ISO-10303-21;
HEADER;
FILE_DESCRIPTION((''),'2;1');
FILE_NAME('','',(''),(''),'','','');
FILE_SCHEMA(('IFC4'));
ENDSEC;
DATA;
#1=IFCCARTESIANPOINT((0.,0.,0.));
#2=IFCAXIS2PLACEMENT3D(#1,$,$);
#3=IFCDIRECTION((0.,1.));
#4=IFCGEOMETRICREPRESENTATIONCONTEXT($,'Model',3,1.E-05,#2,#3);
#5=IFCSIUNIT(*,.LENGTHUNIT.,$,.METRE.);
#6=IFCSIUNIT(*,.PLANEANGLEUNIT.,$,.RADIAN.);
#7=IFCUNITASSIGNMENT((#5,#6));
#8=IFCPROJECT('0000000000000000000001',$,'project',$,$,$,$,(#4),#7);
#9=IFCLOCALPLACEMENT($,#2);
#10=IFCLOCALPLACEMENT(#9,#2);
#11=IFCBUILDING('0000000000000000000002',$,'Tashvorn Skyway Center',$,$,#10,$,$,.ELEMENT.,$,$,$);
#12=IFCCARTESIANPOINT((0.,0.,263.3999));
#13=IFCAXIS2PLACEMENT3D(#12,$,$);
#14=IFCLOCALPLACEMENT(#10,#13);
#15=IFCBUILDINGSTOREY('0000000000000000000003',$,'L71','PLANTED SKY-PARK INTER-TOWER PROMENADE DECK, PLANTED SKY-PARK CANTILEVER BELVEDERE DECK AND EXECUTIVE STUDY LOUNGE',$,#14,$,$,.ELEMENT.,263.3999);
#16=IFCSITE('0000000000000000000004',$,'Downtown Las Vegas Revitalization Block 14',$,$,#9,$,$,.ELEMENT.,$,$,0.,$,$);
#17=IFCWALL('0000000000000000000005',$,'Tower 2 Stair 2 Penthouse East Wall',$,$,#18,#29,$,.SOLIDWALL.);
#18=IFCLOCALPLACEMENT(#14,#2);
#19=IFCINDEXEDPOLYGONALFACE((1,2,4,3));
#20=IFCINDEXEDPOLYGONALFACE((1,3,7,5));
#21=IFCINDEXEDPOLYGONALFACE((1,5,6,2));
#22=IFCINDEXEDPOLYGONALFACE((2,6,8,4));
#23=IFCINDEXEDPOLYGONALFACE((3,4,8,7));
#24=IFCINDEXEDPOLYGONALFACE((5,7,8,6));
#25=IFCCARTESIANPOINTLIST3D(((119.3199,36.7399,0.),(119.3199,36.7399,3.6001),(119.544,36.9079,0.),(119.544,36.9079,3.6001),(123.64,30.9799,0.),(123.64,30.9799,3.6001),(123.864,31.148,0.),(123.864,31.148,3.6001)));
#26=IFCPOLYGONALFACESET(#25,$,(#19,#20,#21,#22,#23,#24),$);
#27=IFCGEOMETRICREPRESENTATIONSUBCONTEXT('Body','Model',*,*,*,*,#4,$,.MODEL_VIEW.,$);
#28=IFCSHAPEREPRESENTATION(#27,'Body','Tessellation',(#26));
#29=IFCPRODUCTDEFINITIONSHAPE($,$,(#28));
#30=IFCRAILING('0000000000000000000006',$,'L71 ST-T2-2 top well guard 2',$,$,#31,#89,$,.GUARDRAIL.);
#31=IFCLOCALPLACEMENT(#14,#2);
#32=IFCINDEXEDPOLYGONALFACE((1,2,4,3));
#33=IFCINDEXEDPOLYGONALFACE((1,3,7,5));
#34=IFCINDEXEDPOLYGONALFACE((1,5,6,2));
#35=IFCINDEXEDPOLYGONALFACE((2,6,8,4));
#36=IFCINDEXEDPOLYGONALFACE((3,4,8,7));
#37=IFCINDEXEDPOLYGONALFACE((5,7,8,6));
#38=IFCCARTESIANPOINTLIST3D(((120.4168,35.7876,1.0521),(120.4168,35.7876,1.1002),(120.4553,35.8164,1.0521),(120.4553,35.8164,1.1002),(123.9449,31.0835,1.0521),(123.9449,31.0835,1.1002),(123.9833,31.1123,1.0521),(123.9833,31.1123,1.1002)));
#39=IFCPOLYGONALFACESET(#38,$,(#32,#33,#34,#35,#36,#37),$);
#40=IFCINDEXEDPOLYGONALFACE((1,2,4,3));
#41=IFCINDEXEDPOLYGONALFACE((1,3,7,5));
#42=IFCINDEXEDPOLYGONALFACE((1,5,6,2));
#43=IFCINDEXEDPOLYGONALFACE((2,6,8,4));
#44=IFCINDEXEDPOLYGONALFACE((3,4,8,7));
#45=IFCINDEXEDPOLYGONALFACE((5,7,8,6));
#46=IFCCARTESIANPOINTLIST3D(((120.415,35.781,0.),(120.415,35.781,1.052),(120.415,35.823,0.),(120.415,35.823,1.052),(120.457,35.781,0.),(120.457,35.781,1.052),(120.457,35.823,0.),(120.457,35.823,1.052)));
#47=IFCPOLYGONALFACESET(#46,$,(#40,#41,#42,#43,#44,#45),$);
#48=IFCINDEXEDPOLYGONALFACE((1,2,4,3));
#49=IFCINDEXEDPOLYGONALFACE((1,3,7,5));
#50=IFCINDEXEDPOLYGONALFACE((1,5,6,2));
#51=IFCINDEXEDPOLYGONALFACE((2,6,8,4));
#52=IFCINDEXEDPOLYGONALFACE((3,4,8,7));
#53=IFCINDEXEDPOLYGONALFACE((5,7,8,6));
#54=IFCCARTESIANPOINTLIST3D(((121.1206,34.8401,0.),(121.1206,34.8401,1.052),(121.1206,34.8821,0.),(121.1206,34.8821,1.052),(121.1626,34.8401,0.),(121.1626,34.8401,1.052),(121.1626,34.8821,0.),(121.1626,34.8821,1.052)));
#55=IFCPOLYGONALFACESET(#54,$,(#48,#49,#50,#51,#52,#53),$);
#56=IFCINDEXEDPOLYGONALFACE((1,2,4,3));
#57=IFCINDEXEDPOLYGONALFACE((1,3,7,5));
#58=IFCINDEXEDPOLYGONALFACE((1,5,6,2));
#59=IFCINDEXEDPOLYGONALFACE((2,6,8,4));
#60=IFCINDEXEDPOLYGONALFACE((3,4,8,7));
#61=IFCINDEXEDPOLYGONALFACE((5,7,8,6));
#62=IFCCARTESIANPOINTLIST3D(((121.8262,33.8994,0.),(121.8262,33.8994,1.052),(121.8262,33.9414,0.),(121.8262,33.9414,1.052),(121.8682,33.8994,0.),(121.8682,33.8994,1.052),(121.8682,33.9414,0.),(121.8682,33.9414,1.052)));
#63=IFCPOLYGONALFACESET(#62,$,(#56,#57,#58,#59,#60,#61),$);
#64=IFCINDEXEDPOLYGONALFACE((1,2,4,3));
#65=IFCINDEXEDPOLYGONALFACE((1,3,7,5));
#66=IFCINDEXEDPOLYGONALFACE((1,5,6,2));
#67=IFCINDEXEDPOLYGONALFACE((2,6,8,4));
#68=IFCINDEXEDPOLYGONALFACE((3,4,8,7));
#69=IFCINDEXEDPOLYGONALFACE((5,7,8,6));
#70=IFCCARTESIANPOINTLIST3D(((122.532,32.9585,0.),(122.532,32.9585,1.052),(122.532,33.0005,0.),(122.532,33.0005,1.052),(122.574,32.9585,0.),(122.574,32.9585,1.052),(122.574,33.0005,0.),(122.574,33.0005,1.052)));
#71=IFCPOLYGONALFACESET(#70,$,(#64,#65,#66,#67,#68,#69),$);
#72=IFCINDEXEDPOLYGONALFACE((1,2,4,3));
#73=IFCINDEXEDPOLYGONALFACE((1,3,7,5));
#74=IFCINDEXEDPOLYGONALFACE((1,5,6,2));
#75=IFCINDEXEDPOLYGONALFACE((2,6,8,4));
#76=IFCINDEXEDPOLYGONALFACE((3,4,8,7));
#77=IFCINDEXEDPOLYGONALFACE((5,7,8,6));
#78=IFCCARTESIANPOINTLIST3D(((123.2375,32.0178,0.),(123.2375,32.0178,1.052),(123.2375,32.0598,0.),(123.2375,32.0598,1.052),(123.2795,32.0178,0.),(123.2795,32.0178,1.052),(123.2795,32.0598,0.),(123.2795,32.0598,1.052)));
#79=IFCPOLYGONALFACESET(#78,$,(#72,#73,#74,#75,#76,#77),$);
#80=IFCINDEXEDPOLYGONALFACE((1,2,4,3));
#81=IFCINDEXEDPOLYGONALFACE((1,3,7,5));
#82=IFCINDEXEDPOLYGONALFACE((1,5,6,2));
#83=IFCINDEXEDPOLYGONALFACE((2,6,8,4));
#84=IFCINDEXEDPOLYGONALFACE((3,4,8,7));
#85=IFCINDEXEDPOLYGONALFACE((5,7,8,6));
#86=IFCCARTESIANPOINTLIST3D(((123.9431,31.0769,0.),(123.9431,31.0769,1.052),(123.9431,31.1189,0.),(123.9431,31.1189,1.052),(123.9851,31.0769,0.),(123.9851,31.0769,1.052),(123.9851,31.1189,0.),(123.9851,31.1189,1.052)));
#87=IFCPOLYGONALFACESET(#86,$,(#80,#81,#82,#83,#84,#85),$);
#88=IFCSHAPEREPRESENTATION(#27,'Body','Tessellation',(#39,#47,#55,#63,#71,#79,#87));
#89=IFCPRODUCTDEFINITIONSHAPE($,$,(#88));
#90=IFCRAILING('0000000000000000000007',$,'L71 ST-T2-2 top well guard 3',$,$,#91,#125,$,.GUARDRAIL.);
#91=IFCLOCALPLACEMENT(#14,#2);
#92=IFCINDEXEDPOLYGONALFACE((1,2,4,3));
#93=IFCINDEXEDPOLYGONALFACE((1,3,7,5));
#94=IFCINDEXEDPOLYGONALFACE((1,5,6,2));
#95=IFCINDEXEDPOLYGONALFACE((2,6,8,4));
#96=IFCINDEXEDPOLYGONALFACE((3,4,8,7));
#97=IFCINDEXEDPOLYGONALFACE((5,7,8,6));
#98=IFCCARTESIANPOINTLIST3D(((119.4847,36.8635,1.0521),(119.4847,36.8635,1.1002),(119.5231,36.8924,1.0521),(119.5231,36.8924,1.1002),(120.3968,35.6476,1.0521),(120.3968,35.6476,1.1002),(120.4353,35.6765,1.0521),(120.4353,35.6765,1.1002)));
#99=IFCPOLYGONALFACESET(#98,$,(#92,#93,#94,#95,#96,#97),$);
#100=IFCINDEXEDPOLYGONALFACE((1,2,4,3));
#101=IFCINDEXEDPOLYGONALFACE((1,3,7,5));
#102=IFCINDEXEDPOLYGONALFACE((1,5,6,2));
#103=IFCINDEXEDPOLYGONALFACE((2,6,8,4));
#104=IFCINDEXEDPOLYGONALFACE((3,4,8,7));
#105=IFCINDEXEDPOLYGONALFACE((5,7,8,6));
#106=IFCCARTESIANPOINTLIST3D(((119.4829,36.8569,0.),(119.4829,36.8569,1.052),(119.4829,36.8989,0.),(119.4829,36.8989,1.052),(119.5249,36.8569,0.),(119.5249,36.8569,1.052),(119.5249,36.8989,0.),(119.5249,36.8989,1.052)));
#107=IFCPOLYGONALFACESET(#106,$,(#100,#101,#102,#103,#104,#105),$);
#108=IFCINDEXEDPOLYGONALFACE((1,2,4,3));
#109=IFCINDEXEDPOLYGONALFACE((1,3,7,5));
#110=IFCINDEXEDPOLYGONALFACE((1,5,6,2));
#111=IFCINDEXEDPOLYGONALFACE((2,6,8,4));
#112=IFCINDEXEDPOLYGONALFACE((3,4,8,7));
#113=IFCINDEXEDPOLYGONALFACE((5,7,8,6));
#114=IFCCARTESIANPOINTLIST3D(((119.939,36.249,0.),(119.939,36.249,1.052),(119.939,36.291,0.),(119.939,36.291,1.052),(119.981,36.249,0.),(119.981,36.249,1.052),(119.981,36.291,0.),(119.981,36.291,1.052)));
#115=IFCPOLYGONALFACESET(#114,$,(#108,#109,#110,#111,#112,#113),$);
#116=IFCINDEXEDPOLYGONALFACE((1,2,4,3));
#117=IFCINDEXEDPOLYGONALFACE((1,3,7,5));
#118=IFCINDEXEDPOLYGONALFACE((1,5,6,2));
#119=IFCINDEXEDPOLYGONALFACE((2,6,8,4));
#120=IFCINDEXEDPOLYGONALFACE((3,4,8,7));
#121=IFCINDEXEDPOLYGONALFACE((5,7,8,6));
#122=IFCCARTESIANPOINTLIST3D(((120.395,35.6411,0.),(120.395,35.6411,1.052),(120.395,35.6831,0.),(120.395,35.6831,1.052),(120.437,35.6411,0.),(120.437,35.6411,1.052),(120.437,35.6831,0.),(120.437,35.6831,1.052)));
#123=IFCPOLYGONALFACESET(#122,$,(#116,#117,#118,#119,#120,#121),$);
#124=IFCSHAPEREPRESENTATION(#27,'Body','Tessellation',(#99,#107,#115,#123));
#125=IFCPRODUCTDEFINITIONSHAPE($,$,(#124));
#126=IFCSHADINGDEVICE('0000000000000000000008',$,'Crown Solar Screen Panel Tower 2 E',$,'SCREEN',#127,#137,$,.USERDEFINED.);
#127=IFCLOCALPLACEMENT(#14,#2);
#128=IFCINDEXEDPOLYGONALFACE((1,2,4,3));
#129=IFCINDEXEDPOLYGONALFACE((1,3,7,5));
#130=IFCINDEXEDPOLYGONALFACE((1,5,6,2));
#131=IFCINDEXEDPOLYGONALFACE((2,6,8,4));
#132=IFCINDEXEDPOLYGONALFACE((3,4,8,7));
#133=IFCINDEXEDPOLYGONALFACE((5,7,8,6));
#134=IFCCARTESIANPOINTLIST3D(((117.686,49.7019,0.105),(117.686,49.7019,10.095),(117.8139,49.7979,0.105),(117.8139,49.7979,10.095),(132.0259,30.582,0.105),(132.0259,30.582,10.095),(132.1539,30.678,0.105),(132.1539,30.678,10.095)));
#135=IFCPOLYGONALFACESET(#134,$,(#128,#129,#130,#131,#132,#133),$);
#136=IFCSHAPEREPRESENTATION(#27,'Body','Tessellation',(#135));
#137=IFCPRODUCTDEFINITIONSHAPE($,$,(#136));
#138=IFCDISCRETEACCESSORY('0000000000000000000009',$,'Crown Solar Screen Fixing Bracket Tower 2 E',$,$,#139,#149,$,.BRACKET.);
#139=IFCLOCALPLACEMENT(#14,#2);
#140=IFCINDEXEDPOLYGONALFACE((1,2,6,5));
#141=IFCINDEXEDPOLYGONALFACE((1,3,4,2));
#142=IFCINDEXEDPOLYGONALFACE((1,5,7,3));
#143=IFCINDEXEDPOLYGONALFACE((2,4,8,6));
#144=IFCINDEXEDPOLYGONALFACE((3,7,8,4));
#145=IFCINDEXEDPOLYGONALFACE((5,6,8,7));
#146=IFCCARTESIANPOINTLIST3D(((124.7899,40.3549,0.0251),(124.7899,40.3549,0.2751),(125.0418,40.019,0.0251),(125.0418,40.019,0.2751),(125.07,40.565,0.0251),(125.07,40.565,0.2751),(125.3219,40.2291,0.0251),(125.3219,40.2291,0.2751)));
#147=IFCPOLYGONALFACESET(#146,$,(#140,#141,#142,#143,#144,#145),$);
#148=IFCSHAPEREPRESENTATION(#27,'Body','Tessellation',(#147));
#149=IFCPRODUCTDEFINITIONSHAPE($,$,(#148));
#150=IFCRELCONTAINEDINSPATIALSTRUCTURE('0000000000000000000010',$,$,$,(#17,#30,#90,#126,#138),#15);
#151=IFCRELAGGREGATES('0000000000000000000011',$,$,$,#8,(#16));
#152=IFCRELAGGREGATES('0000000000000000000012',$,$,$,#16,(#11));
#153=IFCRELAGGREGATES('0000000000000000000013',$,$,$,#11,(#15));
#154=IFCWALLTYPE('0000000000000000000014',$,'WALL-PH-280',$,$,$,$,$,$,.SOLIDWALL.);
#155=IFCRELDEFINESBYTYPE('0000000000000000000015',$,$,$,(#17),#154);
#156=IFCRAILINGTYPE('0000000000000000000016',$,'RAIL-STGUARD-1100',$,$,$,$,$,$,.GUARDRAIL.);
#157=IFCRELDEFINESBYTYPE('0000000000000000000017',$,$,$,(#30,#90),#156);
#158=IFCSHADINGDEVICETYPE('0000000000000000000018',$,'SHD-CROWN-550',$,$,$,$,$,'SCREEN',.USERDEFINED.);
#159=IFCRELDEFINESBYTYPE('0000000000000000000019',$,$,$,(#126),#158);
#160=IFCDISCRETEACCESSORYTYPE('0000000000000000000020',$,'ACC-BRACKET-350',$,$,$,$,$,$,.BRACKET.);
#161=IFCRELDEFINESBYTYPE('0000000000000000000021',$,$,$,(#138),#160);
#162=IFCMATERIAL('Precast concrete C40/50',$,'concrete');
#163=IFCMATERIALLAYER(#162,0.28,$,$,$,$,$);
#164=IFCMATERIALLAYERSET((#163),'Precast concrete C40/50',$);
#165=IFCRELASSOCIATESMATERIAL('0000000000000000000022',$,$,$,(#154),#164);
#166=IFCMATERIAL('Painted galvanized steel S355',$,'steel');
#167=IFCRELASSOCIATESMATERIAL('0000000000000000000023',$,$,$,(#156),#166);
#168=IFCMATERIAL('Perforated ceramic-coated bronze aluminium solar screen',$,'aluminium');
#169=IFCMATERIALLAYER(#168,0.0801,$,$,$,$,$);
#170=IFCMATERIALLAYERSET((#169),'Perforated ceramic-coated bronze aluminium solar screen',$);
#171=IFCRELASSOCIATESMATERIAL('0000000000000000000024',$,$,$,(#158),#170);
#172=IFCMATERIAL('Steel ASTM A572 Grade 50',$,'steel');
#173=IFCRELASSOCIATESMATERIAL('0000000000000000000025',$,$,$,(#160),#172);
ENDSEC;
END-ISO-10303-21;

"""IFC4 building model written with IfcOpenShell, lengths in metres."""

from ifc_helpers import new_model, si_unit, direction, frame, frame_2d, origin, origin_2d, place, context, subcontext, project, spatial, rectangle, extrude, material, layer, layer_set, type_object, element, save


model = new_model("IFC4")

# Units and contexts
model_context = context("Model", 3, precision=1e-05, world=origin(), true_north=direction((0.0, 1.0)))
body_context = subcontext(model_context, "Body", "Model", "MODEL_VIEW")
ifc_project = project(units=[si_unit("LENGTHUNIT", "METRE"), si_unit("PLANEANGLEUNIT", "RADIAN")], contexts=[model_context])

# Site, building, storey
site_placement = place(None, origin())
site = spatial("IfcSite", under=ifc_project, at=site_placement, Name="Downtown Las Vegas Revitalization Block 14", CompositionType="ELEMENT", RefElevation=0.0)
building_placement = place(site_placement, origin())
building = spatial("IfcBuilding", under=site, at=building_placement, Name="Tashvorn Skyway Center", CompositionType="ELEMENT")
storey_placement = place(building_placement, frame((0.0, 0.0, 263.3999)))
storey = spatial("IfcBuildingStorey", under=building, at=storey_placement, Name="L71", Description="PLANTED SKY-PARK INTER-TOWER PROMENADE DECK, PLANTED SKY-PARK CANTILEVER BELVEDERE DECK AND EXECUTIVE STUDY LOUNGE", CompositionType="ELEMENT", Elevation=263.3999)

# Shared definitions
ifc_material_1 = material(Name="Steel ASTM A572 Grade 50", Category="steel")

# Shared definitions
ifc_material_2 = material(Name="Perforated ceramic-coated bronze aluminium solar screen", Category="aluminium")

# Wall
ifc_material_3 = material(Name="Precast concrete C40/50", Category="concrete")
ifc_layer_1 = layer(ifc_material_3, 0.28)
ifc_layer_set_1 = layer_set([ifc_layer_1], Name="Precast concrete C40/50")
wall_type_1 = type_object("IfcWallType", Name="WALL-PH-280", PredefinedType="SOLIDWALL", material=ifc_layer_set_1)
wall_1_placement = place(storey_placement, frame((119.4319, 36.824, 0.0), z_axis=(0.0, 0.0, 1.0), x_axis=(0.600005, -0.799996, 0.0)))
element("IfcWall", 1, at=wall_1_placement, inside=storey, type_object=wall_type_1, Name="Tower 2 Stair 2 Penthouse East Wall", PredefinedType="SOLIDWALL", context=body_context, shape_type="SweptSolid", body=[
    extrude(rectangle(XDim=7.2, YDim=0.28, at=frame_2d((3.6001, 0.0))), origin(), (0.0, 0.0, 1.0), 3.6001),
])

# Railings
ifc_material_4 = material(Name="Painted galvanized steel S355", Category="steel")
railing_type = type_object("IfcRailingType", Name="RAIL-STGUARD-1100", PredefinedType="GUARDRAIL", material=ifc_material_4)
railing_1_placement = place(storey_placement, frame((120.436, 35.802, 0.0)))
element("IfcRailing", 2, at=railing_1_placement, inside=storey, type_object=railing_type, Name="L71 ST-T2-2 top well guard 2", PredefinedType="GUARDRAIL", context=body_context, shape_type="SweptSolid", body=[
    extrude(rectangle(XDim=0.0481, YDim=0.0481, at=origin_2d()), frame((0.0, 0.0, 1.0762), z_axis=(0.6, -0.8, 0.0), x_axis=(0.8, 0.6, 0.0)), (0.0, 0.0, 1.0), 5.8801),
    extrude(rectangle(XDim=0.042, YDim=0.042, at=origin_2d()), origin(), (0.0, 0.0, 1.0), 1.052),
    extrude(rectangle(XDim=0.042, YDim=0.042, at=origin_2d()), frame((0.7056, -0.9409, 0.0)), (0.0, 0.0, 1.0), 1.052),
    extrude(rectangle(XDim=0.042, YDim=0.042, at=origin_2d()), frame((1.4111, -1.8816, 0.0)), (0.0, 0.0, 1.0), 1.052),
    extrude(rectangle(XDim=0.042, YDim=0.042, at=origin_2d()), frame((2.1169, -2.8225, 0.0)), (0.0, 0.0, 1.0), 1.052),
    extrude(rectangle(XDim=0.042, YDim=0.042, at=origin_2d()), frame((2.8225, -3.7632, 0.0)), (0.0, 0.0, 1.0), 1.052),
    extrude(rectangle(XDim=0.042, YDim=0.042, at=origin_2d()), frame((3.5281, -4.7041, 0.0)), (0.0, 0.0, 1.0), 1.052),
])
railing_2_placement = place(storey_placement, frame((119.5039, 36.8779, 0.0)))
element("IfcRailing", 3, at=railing_2_placement, inside=storey, type_object=railing_type, Name="L71 ST-T2-2 top well guard 3", PredefinedType="GUARDRAIL", context=body_context, shape_type="SweptSolid", body=[
    extrude(rectangle(XDim=0.0481, YDim=0.0481, at=origin_2d()), frame((0.0, 0.0, 1.0762), z_axis=(0.600103, -0.799923, 0.0), x_axis=(0.799923, 0.600103, 0.0)), (0.0, 0.0, 1.0), 1.52),
    extrude(rectangle(XDim=0.042, YDim=0.042, at=origin_2d()), origin(), (0.0, 0.0, 1.0), 1.052),
    extrude(rectangle(XDim=0.042, YDim=0.042, at=origin_2d()), frame((0.4561, -0.6079, 0.0)), (0.0, 0.0, 1.0), 1.052),
    extrude(rectangle(XDim=0.042, YDim=0.042, at=origin_2d()), frame((0.9121, -1.2158, 0.0)), (0.0, 0.0, 1.0), 1.052),
])

# Shading device
ifc_layer_2 = layer(ifc_material_2, 0.0801)
ifc_layer_set_2 = layer_set([ifc_layer_2], Name="Perforated ceramic-coated bronze aluminium solar screen")
shading_device_type = type_object("IfcShadingDeviceType", Name="SHD-CROWN-550", ElementType="SCREEN", PredefinedType="USERDEFINED", material=ifc_layer_set_2)
shading_device_placement = place(storey_placement, frame((124.9199, 40.1899, 0.105), z_axis=(0.0, 0.0, 1.0), x_axis=(-0.6, 0.8, 0.0)))
element("IfcShadingDevice", 4, at=shading_device_placement, inside=storey, type_object=shading_device_type, Name="Crown Solar Screen Panel Tower 2 E", ObjectType="SCREEN", PredefinedType="USERDEFINED", context=body_context, shape_type="SweptSolid", body=[
    extrude(rectangle(XDim=23.8999, YDim=0.1599, at=origin_2d()), origin(), (0.0, 0.0, 1.0), 9.99),
])

# Discrete accessory
discrete_accessory_type = type_object("IfcDiscreteAccessoryType", Name="ACC-BRACKET-350", PredefinedType="BRACKET", material=ifc_material_1)
discrete_accessory_placement = place(storey_placement, frame((125.0559, 40.292, 0.0251), z_axis=(0.0, 0.0, 1.0), x_axis=(-0.6, 0.8, 0.0)))
element("IfcDiscreteAccessory", 5, at=discrete_accessory_placement, inside=storey, type_object=discrete_accessory_type, Name="Crown Solar Screen Fixing Bracket Tower 2 E", PredefinedType="BRACKET", context=body_context, shape_type="SweptSolid", body=[
    extrude(rectangle(XDim=0.4199, YDim=0.3501, at=origin_2d()), origin(), (0.0, 0.0, 1.0), 0.25),
])

save(model, "model.ifc")
